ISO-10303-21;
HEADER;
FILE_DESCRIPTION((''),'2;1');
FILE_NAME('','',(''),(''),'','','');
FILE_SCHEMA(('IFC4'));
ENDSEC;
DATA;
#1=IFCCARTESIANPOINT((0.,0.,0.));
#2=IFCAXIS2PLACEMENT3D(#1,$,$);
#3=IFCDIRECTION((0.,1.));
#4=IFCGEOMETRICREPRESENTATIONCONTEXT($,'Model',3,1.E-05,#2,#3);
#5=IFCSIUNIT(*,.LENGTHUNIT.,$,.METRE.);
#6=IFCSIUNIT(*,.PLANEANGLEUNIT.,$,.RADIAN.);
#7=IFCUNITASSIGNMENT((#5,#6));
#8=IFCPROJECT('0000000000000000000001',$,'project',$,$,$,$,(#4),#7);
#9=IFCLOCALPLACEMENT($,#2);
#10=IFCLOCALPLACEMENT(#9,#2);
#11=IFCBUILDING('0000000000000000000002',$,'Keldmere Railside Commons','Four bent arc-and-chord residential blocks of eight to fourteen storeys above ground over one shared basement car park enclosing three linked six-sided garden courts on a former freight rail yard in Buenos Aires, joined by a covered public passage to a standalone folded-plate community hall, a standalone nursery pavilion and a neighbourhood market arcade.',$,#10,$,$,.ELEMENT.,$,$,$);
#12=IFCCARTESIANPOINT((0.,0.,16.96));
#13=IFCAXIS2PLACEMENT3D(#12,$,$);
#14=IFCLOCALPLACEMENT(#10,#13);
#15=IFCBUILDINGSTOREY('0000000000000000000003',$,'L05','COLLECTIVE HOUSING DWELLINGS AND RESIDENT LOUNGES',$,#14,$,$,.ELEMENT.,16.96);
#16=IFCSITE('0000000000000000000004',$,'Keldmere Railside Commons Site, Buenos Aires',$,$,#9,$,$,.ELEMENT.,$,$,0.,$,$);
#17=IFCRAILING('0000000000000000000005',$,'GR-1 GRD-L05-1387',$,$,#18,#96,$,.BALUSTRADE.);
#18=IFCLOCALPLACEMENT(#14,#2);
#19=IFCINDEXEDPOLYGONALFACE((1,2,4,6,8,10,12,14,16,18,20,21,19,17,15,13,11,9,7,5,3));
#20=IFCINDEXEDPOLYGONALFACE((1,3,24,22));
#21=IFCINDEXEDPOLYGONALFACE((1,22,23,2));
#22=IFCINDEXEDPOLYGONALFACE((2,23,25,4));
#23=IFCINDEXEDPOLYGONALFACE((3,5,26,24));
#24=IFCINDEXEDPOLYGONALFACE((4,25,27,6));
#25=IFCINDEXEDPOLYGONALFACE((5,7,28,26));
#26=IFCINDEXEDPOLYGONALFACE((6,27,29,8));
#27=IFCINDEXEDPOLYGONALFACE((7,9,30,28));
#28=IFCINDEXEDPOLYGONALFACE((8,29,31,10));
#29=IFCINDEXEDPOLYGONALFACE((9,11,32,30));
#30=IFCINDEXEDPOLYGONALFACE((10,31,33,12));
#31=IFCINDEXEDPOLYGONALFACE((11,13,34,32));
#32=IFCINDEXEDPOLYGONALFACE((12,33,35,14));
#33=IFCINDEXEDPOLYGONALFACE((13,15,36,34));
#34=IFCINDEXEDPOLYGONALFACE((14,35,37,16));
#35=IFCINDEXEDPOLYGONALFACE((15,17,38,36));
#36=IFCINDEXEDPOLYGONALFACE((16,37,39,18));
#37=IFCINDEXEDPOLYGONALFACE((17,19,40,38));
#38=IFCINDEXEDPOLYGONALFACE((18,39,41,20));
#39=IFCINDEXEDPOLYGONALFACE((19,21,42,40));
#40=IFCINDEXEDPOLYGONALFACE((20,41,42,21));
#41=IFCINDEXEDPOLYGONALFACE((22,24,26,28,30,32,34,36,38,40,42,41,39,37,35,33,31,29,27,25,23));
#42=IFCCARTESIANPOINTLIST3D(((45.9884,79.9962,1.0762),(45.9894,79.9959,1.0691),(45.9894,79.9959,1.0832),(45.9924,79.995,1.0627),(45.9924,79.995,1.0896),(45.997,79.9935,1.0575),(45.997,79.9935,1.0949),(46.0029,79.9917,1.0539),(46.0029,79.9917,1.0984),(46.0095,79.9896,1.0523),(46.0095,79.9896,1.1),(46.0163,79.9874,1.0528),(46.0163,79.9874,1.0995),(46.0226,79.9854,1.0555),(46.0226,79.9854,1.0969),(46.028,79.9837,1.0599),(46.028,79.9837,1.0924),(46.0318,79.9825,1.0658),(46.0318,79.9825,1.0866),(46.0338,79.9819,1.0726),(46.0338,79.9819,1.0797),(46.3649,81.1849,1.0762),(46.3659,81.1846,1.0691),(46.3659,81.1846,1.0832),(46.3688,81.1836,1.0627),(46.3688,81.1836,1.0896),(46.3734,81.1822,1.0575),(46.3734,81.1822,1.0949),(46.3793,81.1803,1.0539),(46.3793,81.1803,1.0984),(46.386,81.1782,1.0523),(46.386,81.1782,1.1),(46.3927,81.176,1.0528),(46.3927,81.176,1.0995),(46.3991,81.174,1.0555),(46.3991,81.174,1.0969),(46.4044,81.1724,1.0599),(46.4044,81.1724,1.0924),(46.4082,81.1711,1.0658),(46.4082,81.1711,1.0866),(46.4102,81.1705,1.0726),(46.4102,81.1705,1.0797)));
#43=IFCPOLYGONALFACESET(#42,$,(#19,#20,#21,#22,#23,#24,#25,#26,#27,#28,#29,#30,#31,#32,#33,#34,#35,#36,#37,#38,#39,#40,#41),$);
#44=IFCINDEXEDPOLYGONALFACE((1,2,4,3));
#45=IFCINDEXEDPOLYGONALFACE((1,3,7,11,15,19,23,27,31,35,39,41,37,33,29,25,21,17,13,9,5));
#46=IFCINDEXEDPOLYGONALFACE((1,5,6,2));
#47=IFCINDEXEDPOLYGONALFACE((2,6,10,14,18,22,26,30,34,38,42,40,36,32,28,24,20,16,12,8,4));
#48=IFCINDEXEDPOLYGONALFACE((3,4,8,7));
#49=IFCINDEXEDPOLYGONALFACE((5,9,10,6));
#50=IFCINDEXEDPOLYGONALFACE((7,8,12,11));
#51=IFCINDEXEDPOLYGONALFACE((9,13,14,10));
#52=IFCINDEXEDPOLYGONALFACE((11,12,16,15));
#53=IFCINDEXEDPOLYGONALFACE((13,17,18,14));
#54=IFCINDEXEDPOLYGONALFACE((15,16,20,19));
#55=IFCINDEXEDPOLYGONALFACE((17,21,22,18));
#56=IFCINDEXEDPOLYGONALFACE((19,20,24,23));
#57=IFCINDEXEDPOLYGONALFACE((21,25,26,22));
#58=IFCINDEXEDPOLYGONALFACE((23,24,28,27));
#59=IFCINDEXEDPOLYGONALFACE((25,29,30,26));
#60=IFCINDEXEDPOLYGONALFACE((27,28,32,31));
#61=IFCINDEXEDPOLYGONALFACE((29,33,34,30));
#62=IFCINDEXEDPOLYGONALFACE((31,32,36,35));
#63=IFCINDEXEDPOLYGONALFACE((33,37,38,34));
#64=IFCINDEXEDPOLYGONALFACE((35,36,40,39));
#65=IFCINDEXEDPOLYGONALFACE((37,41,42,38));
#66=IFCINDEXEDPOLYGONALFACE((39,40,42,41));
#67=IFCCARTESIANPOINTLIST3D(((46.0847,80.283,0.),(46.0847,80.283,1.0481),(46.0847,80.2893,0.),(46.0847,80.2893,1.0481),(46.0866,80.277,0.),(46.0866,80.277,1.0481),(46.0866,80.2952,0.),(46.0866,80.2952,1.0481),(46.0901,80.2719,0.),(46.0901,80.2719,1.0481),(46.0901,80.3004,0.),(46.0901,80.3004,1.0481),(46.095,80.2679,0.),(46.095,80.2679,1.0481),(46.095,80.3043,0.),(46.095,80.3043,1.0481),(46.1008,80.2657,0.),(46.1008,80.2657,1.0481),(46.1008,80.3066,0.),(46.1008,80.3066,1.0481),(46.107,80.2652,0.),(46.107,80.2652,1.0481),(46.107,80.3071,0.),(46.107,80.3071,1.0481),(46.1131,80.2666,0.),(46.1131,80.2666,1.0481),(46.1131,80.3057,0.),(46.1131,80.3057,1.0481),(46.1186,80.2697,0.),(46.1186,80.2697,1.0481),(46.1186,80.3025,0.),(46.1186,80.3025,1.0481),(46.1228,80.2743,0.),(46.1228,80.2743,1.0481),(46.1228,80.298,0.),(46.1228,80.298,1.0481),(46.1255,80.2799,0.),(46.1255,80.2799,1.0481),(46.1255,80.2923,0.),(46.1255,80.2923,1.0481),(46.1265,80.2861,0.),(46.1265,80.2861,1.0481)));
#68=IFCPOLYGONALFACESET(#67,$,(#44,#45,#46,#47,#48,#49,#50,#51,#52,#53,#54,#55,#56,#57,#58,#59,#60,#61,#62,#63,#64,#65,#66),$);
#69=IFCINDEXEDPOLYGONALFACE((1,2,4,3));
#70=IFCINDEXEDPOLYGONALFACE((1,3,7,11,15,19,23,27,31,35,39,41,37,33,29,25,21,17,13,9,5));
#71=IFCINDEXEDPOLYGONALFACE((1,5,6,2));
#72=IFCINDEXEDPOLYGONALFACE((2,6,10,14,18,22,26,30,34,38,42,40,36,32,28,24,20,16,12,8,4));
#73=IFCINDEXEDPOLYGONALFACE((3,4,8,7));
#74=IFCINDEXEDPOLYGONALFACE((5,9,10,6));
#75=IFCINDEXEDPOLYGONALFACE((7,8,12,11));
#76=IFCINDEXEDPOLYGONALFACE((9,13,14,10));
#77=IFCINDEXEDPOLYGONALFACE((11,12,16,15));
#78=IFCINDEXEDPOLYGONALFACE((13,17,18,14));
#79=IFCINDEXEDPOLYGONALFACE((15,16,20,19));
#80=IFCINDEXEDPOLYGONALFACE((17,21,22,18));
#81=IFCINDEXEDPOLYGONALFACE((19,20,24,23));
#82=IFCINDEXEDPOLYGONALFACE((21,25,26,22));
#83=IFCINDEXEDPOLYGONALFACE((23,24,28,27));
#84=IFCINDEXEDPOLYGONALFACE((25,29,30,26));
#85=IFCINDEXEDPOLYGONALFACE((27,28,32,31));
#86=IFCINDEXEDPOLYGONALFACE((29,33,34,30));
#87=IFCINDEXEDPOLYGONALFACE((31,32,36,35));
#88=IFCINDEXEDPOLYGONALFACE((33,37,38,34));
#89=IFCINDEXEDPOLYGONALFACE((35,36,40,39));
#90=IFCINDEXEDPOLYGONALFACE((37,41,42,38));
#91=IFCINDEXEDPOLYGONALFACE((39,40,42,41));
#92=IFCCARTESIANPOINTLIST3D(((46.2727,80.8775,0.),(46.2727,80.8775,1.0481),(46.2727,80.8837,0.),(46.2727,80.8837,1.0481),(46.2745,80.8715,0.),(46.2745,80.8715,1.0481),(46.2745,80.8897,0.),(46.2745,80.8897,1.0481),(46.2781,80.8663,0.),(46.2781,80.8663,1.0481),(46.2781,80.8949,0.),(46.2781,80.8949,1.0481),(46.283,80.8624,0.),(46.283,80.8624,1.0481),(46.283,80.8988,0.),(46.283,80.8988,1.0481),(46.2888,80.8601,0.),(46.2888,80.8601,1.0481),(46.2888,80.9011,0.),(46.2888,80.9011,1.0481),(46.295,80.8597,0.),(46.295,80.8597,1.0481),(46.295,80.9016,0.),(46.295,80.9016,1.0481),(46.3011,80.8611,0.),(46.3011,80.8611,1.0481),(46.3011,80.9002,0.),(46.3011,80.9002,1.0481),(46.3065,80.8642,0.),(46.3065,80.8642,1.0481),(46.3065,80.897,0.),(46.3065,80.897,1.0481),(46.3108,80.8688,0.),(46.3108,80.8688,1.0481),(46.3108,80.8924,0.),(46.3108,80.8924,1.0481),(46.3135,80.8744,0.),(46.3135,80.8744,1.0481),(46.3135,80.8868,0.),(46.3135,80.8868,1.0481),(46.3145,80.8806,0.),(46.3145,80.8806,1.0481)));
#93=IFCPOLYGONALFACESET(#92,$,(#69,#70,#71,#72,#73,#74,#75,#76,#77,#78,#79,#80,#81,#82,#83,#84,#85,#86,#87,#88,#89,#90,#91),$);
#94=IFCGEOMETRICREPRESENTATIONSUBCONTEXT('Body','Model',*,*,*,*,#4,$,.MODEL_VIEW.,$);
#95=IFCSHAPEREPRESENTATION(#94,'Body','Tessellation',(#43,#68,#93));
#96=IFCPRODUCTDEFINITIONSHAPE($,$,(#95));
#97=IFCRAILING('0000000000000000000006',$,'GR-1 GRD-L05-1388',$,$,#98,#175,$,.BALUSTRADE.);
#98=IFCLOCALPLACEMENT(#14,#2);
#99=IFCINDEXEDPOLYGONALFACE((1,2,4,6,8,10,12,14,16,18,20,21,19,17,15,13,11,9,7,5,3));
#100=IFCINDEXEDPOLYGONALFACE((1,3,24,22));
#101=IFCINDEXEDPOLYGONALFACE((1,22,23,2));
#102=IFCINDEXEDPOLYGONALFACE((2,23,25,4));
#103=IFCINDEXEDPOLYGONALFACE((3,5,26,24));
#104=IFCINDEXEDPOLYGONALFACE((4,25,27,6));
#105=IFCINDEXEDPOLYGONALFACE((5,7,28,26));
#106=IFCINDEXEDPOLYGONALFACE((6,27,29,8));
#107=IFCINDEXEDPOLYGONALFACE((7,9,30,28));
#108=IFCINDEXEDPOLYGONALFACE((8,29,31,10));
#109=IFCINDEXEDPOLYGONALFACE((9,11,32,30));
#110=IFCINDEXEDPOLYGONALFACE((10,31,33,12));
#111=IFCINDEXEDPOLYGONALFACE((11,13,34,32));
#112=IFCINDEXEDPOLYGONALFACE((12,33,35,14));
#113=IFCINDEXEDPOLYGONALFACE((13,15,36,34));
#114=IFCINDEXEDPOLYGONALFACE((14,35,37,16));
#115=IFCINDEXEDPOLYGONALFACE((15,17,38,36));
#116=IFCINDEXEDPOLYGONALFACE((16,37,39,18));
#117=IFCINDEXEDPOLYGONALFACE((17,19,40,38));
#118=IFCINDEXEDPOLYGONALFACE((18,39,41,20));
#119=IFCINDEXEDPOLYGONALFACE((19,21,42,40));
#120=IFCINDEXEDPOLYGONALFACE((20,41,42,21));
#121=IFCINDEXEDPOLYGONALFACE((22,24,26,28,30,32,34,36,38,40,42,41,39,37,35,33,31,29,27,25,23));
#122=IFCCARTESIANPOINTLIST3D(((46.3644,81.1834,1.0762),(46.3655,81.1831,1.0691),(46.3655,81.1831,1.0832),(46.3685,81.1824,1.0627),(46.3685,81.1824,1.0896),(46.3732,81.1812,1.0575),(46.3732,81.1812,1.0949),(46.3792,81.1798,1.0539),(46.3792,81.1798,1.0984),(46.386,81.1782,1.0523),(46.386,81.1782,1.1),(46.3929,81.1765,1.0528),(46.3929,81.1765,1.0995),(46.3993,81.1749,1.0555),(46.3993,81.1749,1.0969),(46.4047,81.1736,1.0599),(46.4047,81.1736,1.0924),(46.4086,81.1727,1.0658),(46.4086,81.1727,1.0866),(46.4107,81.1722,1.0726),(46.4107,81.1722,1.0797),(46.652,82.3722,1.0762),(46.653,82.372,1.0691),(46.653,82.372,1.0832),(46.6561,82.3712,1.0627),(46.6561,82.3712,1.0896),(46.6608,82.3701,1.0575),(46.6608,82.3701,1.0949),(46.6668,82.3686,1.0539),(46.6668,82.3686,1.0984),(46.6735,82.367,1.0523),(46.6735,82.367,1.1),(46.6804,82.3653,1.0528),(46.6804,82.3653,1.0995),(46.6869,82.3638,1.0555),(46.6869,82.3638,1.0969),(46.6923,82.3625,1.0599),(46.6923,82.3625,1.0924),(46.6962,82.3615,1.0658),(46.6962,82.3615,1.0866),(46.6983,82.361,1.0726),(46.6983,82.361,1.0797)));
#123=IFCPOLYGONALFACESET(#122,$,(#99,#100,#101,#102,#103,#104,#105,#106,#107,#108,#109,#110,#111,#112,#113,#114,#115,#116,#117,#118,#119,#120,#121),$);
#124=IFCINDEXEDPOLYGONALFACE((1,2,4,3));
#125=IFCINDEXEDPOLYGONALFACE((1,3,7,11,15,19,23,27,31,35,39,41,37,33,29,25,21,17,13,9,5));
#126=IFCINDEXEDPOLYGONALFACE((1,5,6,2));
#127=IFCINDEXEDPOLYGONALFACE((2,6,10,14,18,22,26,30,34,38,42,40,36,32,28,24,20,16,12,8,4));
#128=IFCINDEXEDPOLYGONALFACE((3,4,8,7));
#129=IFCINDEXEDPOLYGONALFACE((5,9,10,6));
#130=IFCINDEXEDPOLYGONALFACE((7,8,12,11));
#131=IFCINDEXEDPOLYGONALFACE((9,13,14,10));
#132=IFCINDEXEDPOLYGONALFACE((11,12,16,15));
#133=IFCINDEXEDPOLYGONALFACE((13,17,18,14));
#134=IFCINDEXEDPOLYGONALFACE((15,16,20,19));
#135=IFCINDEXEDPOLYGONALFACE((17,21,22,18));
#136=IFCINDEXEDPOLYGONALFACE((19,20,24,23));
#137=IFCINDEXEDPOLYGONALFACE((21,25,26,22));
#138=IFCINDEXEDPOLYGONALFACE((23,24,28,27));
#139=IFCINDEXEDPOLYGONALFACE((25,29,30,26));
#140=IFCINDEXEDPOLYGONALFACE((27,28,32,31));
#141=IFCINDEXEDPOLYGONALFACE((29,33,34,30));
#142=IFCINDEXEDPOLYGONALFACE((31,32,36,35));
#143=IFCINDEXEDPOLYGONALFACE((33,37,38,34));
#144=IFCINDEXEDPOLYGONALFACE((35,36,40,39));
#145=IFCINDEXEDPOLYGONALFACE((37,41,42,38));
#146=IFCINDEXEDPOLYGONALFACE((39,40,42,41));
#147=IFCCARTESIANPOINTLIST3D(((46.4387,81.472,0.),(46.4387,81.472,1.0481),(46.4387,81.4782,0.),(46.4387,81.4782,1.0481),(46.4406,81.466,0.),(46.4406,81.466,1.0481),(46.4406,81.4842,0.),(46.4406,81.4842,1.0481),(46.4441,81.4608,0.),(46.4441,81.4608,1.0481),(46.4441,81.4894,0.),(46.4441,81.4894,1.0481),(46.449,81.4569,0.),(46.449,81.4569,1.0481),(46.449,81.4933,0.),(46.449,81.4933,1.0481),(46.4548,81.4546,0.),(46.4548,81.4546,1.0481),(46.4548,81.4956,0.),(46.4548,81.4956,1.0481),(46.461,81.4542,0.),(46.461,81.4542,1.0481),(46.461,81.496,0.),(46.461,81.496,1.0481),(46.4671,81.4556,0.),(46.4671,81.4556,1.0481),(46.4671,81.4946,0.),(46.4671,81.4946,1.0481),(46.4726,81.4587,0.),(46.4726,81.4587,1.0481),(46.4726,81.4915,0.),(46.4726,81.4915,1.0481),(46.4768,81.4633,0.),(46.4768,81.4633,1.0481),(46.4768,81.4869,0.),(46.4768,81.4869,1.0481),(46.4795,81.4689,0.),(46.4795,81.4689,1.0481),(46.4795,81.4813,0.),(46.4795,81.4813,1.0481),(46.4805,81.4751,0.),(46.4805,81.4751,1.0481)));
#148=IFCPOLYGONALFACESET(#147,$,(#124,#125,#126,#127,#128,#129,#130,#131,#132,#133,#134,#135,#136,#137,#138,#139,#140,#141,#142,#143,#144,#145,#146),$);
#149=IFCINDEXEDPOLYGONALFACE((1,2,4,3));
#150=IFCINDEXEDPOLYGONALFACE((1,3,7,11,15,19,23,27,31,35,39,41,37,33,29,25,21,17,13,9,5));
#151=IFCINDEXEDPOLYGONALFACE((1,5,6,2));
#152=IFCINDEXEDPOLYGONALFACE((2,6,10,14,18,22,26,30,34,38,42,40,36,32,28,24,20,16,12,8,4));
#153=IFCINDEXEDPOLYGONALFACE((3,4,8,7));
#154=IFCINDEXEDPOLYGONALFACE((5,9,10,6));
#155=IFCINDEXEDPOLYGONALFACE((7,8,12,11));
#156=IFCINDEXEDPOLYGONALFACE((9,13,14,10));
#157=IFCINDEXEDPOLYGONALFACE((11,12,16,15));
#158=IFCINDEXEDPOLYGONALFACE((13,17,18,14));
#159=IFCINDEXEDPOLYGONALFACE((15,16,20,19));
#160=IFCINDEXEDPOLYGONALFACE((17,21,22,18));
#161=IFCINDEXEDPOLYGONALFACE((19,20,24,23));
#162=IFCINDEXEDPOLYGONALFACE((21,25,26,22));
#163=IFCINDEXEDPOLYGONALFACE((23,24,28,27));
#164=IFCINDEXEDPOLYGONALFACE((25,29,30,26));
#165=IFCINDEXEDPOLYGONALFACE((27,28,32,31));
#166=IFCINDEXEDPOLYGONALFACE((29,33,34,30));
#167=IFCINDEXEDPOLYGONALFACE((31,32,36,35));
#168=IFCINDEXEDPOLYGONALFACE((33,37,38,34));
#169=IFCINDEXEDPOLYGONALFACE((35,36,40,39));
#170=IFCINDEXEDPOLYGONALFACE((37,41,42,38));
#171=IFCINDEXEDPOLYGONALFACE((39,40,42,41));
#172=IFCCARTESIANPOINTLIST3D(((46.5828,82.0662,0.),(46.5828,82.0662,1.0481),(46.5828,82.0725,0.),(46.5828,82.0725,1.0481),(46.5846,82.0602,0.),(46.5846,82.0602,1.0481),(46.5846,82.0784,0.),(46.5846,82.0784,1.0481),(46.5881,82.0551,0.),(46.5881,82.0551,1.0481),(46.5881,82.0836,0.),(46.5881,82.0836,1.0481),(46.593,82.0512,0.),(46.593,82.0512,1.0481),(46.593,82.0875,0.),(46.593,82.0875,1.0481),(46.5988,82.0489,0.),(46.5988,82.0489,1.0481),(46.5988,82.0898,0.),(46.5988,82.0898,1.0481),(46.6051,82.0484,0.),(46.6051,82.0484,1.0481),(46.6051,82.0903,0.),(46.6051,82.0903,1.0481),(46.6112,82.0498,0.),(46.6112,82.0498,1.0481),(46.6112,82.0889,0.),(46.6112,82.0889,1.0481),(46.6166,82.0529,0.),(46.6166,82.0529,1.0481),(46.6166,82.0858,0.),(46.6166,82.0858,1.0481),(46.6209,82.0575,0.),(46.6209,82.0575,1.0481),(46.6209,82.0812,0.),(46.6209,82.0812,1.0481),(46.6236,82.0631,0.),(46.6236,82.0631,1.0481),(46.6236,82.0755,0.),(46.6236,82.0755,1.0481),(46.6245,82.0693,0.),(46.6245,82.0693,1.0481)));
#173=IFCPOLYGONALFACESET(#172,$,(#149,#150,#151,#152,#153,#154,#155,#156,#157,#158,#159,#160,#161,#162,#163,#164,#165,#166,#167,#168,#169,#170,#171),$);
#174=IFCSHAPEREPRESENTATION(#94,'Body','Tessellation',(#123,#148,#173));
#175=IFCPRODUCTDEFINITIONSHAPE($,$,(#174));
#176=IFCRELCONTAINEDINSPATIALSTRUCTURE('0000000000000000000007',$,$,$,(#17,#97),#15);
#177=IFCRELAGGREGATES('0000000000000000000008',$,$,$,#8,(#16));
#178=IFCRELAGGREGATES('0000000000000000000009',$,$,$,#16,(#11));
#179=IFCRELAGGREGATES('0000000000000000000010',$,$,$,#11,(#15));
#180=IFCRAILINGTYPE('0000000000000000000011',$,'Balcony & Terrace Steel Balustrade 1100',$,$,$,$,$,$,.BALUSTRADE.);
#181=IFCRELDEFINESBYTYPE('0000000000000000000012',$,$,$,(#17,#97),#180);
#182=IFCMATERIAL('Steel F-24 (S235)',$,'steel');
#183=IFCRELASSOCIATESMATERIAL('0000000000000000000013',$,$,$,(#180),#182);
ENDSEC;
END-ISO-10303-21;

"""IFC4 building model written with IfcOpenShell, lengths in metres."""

from ifc_helpers import new_model, si_unit, direction, frame, origin, origin_2d, place, context, subcontext, project, spatial, circle, extrude, material, type_object, element, save


model = new_model("IFC4")

# Units and contexts
model_context = context("Model", 3, precision=1e-05, world=origin(), true_north=direction((0.0, 1.0)))
body_context = subcontext(model_context, "Body", "Model", "MODEL_VIEW")
ifc_project = project(units=[si_unit("LENGTHUNIT", "METRE"), si_unit("PLANEANGLEUNIT", "RADIAN")], contexts=[model_context])

# Site, building, storey
site_placement = place(None, origin())
site = spatial("IfcSite", under=ifc_project, at=site_placement, Name="Keldmere Railside Commons Site, Buenos Aires", CompositionType="ELEMENT", RefElevation=0.0)
building_placement = place(site_placement, origin())
building = spatial("IfcBuilding", under=site, at=building_placement, Name="Keldmere Railside Commons", Description="Four bent arc-and-chord residential blocks of eight to fourteen storeys above ground over one shared basement car park enclosing three linked six-sided garden courts on a former freight rail yard in Buenos Aires, joined by a covered public passage to a standalone folded-plate community hall, a standalone nursery pavilion and a neighbourhood market arcade.", CompositionType="ELEMENT")
storey_placement = place(building_placement, frame((0.0, 0.0, 16.96)))
storey = spatial("IfcBuildingStorey", under=building, at=storey_placement, Name="L05", Description="COLLECTIVE HOUSING DWELLINGS AND RESIDENT LOUNGES", CompositionType="ELEMENT", Elevation=16.96)

# Shared definitions
ifc_material_1 = material(Name="Steel F-24 (S235)", Category="steel")

# Railings
railing_type = type_object("IfcRailingType", Name="Balcony & Terrace Steel Balustrade 1100", PredefinedType="BALUSTRADE", material=ifc_material_1)
railing_1_placement = place(storey_placement, frame((46.0112, 79.989, 0.0)))
element("IfcRailing", 1, at=railing_1_placement, inside=storey, type_object=railing_type, Name="GR-1 GRD-L05-1387", PredefinedType="BALUSTRADE", context=body_context, shape_type="SweptSolid", body=[
    extrude(circle(Radius=0.0239, at=origin_2d()), frame((0.0, 0.0, 1.0762), z_axis=(0.301918, 0.953334, 0.0), x_axis=(-0.953334, 0.301918, 0.0)), (0.0, 0.0, 1.0), 1.2468),
    extrude(circle(Radius=0.021, at=origin_2d()), frame((0.0942, 0.2971, 0.0)), (0.0, 0.0, 1.0), 1.0481),
    extrude(circle(Radius=0.021, at=origin_2d()), frame((0.2822, 0.8916, 0.0)), (0.0, 0.0, 1.0), 1.0481),
])
railing_2_placement = place(storey_placement, frame((46.3877, 81.1777, 0.0)))
element("IfcRailing", 2, at=railing_2_placement, inside=storey, type_object=railing_type, Name="GR-1 GRD-L05-1388", PredefinedType="BALUSTRADE", context=body_context, shape_type="SweptSolid", body=[
    extrude(circle(Radius=0.0239, at=origin_2d()), frame((0.0, 0.0, 1.0762), z_axis=(0.235109, 0.971969, 0.0), x_axis=(-0.971969, 0.235109, 0.0)), (0.0, 0.0, 1.0), 1.2231),
    extrude(circle(Radius=0.021, at=origin_2d()), frame((0.0718, 0.2974, 0.0)), (0.0, 0.0, 1.0), 1.0481),
    extrude(circle(Radius=0.021, at=origin_2d()), frame((0.2158, 0.8916, 0.0)), (0.0, 0.0, 1.0), 1.0481),
])

save(model, "model.ifc")
